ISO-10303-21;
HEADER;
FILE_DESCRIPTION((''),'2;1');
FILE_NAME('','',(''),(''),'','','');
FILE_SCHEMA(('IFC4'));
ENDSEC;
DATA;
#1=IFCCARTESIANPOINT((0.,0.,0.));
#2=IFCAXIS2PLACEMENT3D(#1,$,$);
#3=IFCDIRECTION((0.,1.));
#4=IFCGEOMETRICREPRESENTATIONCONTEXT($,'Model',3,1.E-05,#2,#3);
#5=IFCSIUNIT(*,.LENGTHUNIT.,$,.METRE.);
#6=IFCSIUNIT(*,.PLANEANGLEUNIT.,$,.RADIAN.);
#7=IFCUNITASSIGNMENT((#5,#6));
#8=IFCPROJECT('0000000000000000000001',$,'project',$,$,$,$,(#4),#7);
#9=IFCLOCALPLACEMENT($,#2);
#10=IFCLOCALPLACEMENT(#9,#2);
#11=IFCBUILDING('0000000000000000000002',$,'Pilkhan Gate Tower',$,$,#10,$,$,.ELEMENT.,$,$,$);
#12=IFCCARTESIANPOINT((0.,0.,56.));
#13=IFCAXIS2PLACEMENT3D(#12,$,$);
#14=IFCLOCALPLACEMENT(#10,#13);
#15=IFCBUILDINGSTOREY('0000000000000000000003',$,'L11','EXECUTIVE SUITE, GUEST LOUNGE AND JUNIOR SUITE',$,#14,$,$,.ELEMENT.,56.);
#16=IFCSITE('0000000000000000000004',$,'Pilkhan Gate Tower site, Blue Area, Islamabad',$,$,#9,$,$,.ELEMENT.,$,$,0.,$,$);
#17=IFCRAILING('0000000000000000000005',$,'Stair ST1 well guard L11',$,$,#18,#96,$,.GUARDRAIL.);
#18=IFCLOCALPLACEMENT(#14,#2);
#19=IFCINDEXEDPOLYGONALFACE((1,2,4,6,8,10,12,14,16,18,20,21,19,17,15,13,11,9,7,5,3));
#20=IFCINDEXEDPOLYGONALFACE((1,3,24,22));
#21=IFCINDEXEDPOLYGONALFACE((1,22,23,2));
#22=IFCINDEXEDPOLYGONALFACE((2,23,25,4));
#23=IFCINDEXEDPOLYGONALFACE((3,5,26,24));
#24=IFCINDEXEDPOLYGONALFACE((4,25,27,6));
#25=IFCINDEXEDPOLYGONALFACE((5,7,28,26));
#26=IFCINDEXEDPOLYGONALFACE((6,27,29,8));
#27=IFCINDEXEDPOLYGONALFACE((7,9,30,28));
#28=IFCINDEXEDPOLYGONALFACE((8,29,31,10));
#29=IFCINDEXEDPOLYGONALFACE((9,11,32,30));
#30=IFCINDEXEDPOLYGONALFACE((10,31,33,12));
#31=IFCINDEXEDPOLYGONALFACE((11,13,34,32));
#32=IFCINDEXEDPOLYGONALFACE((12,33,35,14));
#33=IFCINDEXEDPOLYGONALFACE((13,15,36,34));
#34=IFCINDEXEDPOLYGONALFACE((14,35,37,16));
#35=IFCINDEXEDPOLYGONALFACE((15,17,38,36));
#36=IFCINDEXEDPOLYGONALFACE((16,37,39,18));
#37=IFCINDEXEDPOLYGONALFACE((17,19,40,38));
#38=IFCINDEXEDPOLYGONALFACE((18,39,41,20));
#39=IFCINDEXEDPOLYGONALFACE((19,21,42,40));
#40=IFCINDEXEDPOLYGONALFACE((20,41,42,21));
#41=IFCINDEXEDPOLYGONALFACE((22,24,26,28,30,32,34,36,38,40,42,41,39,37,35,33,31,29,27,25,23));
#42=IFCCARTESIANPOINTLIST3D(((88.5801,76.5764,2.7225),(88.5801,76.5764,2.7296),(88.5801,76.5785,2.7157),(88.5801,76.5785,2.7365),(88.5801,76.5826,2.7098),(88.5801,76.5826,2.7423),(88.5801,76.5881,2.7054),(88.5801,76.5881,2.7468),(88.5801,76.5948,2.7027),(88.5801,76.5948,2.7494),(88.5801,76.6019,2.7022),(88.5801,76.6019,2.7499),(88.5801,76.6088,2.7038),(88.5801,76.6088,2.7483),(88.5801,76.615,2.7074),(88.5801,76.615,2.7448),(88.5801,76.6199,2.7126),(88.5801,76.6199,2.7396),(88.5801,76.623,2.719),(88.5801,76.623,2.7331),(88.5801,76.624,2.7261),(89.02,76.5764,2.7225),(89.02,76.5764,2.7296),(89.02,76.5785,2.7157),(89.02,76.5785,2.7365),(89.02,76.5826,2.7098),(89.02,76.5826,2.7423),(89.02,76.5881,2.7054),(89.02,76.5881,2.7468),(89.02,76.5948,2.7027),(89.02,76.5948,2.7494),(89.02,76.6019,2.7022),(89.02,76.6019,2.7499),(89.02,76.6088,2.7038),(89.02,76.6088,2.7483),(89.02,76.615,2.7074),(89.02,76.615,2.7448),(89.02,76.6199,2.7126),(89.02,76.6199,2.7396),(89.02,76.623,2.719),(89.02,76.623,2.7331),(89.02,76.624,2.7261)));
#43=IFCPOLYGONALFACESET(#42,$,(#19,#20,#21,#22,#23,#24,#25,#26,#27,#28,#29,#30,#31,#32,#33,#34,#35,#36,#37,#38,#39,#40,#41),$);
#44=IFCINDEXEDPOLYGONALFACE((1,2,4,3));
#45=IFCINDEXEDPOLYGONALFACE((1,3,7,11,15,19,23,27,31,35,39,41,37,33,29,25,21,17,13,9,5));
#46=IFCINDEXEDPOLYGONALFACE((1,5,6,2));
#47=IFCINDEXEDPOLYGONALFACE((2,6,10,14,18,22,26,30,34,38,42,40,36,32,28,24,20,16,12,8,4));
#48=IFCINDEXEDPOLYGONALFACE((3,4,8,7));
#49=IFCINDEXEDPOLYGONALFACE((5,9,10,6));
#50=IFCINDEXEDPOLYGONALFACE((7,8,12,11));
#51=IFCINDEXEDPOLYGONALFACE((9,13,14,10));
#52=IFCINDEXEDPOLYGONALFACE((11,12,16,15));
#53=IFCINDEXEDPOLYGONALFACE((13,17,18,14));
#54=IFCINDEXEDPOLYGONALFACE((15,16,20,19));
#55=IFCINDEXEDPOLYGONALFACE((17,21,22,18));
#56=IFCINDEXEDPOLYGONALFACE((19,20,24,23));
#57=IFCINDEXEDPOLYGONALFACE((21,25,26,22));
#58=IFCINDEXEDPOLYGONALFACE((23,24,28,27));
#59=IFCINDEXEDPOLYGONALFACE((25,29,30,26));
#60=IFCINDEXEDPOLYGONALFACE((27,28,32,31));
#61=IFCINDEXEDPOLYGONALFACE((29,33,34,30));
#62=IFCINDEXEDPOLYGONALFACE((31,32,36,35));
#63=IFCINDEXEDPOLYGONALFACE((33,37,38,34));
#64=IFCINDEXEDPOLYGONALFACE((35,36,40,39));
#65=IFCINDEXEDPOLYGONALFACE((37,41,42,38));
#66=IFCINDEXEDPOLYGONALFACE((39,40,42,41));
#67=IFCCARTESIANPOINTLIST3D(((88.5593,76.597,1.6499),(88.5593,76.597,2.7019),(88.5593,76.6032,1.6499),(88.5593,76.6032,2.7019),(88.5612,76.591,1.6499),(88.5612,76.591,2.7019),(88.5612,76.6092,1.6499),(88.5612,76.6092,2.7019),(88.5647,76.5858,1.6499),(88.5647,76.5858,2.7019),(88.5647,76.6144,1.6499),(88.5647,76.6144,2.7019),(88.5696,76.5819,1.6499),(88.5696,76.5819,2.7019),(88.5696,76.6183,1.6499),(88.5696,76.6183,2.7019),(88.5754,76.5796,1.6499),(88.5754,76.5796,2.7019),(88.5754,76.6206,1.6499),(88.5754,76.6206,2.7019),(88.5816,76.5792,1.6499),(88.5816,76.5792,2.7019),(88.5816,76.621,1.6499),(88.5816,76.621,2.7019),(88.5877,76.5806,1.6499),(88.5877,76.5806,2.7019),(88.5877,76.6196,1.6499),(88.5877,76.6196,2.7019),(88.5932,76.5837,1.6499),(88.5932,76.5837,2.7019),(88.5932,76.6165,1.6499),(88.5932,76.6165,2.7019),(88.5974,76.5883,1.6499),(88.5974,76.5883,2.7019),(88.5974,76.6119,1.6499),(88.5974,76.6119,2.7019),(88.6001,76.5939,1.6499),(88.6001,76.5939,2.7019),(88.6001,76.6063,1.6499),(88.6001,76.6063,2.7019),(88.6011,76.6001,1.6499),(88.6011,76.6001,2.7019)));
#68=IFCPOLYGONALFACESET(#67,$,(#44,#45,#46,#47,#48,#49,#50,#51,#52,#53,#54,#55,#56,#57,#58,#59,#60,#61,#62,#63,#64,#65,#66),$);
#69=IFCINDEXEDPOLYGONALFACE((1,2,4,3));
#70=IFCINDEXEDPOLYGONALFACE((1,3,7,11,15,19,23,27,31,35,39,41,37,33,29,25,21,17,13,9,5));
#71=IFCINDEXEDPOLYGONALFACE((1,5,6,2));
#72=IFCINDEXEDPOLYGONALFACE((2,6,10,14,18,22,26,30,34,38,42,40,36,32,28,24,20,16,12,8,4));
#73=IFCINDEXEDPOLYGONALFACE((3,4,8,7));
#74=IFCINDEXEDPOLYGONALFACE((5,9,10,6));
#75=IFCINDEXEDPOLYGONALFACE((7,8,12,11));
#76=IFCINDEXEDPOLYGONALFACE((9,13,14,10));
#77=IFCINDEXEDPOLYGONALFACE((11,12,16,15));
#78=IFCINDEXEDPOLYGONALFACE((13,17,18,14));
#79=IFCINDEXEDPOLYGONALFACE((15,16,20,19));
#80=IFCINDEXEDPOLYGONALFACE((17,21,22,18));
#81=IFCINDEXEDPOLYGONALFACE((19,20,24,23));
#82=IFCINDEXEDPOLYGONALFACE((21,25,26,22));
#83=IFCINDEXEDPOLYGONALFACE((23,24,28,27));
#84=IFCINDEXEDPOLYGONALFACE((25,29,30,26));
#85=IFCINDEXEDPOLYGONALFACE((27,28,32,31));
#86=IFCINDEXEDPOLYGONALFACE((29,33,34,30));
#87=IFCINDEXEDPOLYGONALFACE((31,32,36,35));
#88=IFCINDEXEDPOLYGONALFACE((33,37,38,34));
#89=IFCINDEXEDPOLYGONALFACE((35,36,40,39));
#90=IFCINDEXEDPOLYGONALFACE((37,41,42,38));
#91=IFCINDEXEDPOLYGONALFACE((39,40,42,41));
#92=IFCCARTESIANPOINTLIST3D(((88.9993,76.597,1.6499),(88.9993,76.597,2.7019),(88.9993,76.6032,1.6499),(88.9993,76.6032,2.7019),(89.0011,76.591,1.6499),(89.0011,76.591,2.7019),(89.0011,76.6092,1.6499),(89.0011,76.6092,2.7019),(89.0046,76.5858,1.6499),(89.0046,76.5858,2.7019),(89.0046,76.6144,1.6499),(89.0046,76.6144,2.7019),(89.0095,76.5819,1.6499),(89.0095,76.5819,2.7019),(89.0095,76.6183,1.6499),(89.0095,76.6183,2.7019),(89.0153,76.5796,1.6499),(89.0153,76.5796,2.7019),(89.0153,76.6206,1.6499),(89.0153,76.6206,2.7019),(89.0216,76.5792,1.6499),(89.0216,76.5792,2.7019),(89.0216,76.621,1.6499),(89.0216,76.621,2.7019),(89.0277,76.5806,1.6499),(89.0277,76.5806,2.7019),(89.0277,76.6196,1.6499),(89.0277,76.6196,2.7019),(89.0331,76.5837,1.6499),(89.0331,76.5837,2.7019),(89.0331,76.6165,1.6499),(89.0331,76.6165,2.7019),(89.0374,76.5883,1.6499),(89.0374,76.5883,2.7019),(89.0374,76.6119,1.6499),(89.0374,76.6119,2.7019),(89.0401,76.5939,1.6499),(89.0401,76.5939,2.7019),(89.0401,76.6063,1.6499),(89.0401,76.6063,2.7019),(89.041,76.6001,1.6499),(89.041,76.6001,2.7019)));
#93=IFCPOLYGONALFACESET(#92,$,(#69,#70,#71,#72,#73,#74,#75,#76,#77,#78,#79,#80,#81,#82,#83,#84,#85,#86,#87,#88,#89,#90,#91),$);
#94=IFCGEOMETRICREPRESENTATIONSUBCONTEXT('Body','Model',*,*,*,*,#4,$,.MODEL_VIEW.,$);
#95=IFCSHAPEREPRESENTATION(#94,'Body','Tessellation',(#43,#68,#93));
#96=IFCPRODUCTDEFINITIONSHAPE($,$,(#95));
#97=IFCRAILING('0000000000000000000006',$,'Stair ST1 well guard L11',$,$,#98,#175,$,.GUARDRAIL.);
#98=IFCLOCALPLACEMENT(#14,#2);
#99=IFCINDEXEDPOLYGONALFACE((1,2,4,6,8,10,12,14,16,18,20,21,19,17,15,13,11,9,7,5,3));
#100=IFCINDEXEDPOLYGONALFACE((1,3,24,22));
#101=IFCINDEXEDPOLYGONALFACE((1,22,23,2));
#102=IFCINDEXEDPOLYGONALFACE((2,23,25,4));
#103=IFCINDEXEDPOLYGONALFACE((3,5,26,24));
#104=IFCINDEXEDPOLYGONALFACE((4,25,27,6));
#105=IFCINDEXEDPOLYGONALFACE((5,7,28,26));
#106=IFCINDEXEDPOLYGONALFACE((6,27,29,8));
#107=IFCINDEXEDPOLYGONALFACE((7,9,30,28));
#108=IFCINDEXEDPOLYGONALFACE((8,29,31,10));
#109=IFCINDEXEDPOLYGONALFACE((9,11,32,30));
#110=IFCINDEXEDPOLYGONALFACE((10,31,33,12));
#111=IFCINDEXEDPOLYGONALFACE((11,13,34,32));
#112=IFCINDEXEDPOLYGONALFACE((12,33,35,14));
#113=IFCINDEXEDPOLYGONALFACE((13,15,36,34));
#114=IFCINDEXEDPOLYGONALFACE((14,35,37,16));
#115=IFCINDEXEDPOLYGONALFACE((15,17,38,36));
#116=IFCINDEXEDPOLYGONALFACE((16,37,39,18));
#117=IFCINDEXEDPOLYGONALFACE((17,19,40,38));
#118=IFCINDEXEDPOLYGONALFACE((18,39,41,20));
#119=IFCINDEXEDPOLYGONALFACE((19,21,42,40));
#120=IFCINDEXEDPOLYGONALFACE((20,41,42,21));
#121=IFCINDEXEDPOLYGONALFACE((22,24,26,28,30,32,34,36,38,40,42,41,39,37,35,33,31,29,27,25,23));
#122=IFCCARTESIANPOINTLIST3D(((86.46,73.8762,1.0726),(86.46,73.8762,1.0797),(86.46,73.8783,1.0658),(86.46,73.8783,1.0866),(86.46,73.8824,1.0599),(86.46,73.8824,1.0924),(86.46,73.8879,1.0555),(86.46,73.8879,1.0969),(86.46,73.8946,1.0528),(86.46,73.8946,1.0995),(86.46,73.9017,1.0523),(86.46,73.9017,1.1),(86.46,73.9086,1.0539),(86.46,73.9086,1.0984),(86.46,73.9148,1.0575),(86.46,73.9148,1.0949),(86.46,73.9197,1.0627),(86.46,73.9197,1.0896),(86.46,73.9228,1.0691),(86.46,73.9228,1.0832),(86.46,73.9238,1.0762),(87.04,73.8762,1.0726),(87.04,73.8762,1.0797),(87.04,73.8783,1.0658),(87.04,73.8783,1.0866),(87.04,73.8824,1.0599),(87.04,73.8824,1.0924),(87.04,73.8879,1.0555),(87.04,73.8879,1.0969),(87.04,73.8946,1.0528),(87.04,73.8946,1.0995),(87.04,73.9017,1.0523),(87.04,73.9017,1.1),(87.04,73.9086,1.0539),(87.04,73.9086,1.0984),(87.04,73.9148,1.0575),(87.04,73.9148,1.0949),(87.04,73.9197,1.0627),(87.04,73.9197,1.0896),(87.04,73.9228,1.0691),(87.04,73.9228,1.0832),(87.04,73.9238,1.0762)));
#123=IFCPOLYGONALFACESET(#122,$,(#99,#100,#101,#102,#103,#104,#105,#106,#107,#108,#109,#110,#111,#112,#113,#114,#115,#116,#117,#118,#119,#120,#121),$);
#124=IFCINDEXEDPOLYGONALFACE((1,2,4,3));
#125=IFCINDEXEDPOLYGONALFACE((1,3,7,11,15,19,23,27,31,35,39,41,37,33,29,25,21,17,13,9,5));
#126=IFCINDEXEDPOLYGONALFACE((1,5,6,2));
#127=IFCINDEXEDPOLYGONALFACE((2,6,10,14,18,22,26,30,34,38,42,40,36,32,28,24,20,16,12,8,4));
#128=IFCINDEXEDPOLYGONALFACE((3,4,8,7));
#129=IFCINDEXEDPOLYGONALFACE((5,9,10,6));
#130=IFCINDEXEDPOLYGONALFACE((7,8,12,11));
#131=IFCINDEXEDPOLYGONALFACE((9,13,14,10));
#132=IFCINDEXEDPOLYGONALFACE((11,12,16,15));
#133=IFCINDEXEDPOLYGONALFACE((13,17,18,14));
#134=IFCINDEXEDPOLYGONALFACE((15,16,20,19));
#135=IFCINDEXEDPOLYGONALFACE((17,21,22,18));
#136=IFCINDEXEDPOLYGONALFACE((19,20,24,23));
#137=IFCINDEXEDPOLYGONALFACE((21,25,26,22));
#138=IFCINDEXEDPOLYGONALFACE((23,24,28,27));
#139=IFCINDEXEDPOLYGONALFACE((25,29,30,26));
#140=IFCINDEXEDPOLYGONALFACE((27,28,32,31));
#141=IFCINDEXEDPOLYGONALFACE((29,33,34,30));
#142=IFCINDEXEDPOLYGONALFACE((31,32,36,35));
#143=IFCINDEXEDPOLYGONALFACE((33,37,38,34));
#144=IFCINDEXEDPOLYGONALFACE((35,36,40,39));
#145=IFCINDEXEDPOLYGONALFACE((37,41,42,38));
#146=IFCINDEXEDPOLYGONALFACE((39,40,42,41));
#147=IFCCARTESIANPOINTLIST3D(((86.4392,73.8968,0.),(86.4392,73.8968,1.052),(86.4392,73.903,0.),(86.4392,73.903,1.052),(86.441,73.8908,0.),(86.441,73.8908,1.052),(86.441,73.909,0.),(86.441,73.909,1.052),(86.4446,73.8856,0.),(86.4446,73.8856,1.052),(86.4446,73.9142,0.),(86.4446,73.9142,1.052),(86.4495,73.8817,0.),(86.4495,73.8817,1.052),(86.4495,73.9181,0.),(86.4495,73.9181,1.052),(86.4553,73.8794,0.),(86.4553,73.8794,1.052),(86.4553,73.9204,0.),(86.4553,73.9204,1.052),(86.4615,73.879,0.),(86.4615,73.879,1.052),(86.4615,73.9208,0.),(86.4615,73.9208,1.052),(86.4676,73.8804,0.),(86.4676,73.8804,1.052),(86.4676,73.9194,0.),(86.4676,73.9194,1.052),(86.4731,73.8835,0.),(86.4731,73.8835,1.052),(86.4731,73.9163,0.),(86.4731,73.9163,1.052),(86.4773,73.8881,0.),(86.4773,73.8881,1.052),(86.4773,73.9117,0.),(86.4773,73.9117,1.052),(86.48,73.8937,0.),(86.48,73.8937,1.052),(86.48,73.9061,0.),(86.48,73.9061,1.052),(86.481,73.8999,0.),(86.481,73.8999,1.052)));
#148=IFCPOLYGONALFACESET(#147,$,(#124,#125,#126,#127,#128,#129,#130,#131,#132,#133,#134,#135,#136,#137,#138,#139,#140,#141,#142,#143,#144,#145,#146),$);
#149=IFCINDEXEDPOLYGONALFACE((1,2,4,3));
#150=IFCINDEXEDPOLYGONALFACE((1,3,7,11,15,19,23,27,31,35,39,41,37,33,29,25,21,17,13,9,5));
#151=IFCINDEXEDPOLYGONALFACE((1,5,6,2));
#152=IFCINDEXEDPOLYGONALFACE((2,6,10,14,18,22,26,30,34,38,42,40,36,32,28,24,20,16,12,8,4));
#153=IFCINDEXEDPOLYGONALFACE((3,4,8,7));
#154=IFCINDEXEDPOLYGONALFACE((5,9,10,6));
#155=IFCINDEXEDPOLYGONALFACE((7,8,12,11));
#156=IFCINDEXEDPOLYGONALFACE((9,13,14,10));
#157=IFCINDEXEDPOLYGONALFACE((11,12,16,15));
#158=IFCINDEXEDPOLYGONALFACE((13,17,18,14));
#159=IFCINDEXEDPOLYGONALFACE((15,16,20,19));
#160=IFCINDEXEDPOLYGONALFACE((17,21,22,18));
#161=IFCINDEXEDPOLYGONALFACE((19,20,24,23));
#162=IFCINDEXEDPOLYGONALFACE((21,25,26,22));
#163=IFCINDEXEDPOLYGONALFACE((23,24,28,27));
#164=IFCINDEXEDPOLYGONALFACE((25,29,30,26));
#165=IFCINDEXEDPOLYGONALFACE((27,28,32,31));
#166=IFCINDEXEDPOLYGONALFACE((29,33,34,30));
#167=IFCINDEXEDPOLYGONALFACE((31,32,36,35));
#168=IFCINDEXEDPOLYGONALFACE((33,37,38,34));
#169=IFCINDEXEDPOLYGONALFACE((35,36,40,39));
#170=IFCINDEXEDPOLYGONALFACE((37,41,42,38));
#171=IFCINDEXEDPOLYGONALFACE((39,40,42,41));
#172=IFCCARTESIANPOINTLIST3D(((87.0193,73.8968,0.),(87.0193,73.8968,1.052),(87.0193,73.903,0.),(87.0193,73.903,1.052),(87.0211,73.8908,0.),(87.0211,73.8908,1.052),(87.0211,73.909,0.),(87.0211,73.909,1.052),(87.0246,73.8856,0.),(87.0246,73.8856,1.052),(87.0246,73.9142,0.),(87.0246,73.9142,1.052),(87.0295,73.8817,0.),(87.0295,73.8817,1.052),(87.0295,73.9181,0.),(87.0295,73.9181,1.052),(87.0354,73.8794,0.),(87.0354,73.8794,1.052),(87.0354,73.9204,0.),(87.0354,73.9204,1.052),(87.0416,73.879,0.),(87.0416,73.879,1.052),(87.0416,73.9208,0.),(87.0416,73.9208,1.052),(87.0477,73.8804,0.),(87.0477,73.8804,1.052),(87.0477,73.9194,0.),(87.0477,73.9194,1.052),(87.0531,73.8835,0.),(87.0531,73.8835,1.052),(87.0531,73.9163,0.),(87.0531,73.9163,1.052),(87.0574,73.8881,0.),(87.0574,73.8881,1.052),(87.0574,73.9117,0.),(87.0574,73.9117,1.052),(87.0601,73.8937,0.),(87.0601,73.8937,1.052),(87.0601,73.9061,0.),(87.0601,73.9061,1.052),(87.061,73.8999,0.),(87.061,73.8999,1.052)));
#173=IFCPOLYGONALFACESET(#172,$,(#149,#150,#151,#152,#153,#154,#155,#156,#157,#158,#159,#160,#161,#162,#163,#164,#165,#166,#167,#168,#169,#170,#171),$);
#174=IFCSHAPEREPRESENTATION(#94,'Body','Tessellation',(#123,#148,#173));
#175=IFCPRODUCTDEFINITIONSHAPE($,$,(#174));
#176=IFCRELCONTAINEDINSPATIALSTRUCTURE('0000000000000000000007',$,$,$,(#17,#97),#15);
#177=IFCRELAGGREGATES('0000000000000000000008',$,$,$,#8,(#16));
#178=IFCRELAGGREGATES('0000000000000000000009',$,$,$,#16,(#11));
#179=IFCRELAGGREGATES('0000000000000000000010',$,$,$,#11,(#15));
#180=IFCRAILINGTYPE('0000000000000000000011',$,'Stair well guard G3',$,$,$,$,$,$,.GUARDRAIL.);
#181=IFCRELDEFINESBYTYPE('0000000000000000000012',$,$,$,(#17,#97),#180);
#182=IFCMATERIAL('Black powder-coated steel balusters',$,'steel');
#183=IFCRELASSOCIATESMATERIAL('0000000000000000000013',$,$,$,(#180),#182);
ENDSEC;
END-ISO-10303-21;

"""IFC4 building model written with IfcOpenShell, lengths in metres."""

from ifc_helpers import new_model, si_unit, direction, frame, origin, origin_2d, place, context, subcontext, project, spatial, circle, extrude, material, type_object, element, save


model = new_model("IFC4")

# Units and contexts
model_context = context("Model", 3, precision=1e-05, world=origin(), true_north=direction((0.0, 1.0)))
body_context = subcontext(model_context, "Body", "Model", "MODEL_VIEW")
ifc_project = project(units=[si_unit("LENGTHUNIT", "METRE"), si_unit("PLANEANGLEUNIT", "RADIAN")], contexts=[model_context])

# Site, building, storey
site_placement = place(None, origin())
site = spatial("IfcSite", under=ifc_project, at=site_placement, Name="Pilkhan Gate Tower site, Blue Area, Islamabad", CompositionType="ELEMENT", RefElevation=0.0)
building_placement = place(site_placement, origin())
building = spatial("IfcBuilding", under=site, at=building_placement, Name="Pilkhan Gate Tower", CompositionType="ELEMENT")
storey_placement = place(building_placement, frame((0.0, 0.0, 56.0)))
storey = spatial("IfcBuildingStorey", under=building, at=storey_placement, Name="L11", Description="EXECUTIVE SUITE, GUEST LOUNGE AND JUNIOR SUITE", CompositionType="ELEMENT", Elevation=56.0)

# Railings
ifc_material_1 = material(Name="Black powder-coated steel balusters", Category="steel")
railing_type_1 = type_object("IfcRailingType", Name="Stair well guard G3", PredefinedType="GUARDRAIL", material=ifc_material_1)
railing_1_placement = place(storey_placement, frame((88.5801, 76.6001, 1.6499)))
element("IfcRailing", 1, at=railing_1_placement, inside=storey, type_object=railing_type_1, Name="Stair ST1 well guard L11", PredefinedType="GUARDRAIL", context=body_context, shape_type="SweptSolid", body=[
    extrude(circle(Radius=0.0239, at=origin_2d()), frame((0.0, 0.0, 1.0762), z_axis=(1.0, 0.0, 0.0), x_axis=(0.0, 1.0, 0.0)), (0.0, 0.0, 1.0), 0.4399),
    extrude(circle(Radius=0.021, at=origin_2d()), origin(), (0.0, 0.0, 1.0), 1.052),
    extrude(circle(Radius=0.021, at=origin_2d()), frame((0.4399, 0.0, 0.0)), (0.0, 0.0, 1.0), 1.052),
])
for number, where, name in (
    (2, (86.46, 73.8999, 0.0), "Stair ST1 well guard L11"),
):
    element("IfcRailing", number, at=place(storey_placement, frame(where)), inside=storey, type_object=railing_type_1, Name=name, PredefinedType="GUARDRAIL", context=body_context, shape_type="SweptSolid", body=[
        extrude(circle(Radius=0.0239, at=origin_2d()), frame((0.0, 0.0, 1.0762), z_axis=(1.0, 0.0, 0.0), x_axis=(0.0, 1.0, 0.0)), (0.0, 0.0, 1.0), 0.5801),
        extrude(circle(Radius=0.021, at=origin_2d()), origin(), (0.0, 0.0, 1.0), 1.052),
        extrude(circle(Radius=0.021, at=origin_2d()), frame((0.5801, 0.0, 0.0)), (0.0, 0.0, 1.0), 1.052),
    ])

save(model, "model.ifc")
